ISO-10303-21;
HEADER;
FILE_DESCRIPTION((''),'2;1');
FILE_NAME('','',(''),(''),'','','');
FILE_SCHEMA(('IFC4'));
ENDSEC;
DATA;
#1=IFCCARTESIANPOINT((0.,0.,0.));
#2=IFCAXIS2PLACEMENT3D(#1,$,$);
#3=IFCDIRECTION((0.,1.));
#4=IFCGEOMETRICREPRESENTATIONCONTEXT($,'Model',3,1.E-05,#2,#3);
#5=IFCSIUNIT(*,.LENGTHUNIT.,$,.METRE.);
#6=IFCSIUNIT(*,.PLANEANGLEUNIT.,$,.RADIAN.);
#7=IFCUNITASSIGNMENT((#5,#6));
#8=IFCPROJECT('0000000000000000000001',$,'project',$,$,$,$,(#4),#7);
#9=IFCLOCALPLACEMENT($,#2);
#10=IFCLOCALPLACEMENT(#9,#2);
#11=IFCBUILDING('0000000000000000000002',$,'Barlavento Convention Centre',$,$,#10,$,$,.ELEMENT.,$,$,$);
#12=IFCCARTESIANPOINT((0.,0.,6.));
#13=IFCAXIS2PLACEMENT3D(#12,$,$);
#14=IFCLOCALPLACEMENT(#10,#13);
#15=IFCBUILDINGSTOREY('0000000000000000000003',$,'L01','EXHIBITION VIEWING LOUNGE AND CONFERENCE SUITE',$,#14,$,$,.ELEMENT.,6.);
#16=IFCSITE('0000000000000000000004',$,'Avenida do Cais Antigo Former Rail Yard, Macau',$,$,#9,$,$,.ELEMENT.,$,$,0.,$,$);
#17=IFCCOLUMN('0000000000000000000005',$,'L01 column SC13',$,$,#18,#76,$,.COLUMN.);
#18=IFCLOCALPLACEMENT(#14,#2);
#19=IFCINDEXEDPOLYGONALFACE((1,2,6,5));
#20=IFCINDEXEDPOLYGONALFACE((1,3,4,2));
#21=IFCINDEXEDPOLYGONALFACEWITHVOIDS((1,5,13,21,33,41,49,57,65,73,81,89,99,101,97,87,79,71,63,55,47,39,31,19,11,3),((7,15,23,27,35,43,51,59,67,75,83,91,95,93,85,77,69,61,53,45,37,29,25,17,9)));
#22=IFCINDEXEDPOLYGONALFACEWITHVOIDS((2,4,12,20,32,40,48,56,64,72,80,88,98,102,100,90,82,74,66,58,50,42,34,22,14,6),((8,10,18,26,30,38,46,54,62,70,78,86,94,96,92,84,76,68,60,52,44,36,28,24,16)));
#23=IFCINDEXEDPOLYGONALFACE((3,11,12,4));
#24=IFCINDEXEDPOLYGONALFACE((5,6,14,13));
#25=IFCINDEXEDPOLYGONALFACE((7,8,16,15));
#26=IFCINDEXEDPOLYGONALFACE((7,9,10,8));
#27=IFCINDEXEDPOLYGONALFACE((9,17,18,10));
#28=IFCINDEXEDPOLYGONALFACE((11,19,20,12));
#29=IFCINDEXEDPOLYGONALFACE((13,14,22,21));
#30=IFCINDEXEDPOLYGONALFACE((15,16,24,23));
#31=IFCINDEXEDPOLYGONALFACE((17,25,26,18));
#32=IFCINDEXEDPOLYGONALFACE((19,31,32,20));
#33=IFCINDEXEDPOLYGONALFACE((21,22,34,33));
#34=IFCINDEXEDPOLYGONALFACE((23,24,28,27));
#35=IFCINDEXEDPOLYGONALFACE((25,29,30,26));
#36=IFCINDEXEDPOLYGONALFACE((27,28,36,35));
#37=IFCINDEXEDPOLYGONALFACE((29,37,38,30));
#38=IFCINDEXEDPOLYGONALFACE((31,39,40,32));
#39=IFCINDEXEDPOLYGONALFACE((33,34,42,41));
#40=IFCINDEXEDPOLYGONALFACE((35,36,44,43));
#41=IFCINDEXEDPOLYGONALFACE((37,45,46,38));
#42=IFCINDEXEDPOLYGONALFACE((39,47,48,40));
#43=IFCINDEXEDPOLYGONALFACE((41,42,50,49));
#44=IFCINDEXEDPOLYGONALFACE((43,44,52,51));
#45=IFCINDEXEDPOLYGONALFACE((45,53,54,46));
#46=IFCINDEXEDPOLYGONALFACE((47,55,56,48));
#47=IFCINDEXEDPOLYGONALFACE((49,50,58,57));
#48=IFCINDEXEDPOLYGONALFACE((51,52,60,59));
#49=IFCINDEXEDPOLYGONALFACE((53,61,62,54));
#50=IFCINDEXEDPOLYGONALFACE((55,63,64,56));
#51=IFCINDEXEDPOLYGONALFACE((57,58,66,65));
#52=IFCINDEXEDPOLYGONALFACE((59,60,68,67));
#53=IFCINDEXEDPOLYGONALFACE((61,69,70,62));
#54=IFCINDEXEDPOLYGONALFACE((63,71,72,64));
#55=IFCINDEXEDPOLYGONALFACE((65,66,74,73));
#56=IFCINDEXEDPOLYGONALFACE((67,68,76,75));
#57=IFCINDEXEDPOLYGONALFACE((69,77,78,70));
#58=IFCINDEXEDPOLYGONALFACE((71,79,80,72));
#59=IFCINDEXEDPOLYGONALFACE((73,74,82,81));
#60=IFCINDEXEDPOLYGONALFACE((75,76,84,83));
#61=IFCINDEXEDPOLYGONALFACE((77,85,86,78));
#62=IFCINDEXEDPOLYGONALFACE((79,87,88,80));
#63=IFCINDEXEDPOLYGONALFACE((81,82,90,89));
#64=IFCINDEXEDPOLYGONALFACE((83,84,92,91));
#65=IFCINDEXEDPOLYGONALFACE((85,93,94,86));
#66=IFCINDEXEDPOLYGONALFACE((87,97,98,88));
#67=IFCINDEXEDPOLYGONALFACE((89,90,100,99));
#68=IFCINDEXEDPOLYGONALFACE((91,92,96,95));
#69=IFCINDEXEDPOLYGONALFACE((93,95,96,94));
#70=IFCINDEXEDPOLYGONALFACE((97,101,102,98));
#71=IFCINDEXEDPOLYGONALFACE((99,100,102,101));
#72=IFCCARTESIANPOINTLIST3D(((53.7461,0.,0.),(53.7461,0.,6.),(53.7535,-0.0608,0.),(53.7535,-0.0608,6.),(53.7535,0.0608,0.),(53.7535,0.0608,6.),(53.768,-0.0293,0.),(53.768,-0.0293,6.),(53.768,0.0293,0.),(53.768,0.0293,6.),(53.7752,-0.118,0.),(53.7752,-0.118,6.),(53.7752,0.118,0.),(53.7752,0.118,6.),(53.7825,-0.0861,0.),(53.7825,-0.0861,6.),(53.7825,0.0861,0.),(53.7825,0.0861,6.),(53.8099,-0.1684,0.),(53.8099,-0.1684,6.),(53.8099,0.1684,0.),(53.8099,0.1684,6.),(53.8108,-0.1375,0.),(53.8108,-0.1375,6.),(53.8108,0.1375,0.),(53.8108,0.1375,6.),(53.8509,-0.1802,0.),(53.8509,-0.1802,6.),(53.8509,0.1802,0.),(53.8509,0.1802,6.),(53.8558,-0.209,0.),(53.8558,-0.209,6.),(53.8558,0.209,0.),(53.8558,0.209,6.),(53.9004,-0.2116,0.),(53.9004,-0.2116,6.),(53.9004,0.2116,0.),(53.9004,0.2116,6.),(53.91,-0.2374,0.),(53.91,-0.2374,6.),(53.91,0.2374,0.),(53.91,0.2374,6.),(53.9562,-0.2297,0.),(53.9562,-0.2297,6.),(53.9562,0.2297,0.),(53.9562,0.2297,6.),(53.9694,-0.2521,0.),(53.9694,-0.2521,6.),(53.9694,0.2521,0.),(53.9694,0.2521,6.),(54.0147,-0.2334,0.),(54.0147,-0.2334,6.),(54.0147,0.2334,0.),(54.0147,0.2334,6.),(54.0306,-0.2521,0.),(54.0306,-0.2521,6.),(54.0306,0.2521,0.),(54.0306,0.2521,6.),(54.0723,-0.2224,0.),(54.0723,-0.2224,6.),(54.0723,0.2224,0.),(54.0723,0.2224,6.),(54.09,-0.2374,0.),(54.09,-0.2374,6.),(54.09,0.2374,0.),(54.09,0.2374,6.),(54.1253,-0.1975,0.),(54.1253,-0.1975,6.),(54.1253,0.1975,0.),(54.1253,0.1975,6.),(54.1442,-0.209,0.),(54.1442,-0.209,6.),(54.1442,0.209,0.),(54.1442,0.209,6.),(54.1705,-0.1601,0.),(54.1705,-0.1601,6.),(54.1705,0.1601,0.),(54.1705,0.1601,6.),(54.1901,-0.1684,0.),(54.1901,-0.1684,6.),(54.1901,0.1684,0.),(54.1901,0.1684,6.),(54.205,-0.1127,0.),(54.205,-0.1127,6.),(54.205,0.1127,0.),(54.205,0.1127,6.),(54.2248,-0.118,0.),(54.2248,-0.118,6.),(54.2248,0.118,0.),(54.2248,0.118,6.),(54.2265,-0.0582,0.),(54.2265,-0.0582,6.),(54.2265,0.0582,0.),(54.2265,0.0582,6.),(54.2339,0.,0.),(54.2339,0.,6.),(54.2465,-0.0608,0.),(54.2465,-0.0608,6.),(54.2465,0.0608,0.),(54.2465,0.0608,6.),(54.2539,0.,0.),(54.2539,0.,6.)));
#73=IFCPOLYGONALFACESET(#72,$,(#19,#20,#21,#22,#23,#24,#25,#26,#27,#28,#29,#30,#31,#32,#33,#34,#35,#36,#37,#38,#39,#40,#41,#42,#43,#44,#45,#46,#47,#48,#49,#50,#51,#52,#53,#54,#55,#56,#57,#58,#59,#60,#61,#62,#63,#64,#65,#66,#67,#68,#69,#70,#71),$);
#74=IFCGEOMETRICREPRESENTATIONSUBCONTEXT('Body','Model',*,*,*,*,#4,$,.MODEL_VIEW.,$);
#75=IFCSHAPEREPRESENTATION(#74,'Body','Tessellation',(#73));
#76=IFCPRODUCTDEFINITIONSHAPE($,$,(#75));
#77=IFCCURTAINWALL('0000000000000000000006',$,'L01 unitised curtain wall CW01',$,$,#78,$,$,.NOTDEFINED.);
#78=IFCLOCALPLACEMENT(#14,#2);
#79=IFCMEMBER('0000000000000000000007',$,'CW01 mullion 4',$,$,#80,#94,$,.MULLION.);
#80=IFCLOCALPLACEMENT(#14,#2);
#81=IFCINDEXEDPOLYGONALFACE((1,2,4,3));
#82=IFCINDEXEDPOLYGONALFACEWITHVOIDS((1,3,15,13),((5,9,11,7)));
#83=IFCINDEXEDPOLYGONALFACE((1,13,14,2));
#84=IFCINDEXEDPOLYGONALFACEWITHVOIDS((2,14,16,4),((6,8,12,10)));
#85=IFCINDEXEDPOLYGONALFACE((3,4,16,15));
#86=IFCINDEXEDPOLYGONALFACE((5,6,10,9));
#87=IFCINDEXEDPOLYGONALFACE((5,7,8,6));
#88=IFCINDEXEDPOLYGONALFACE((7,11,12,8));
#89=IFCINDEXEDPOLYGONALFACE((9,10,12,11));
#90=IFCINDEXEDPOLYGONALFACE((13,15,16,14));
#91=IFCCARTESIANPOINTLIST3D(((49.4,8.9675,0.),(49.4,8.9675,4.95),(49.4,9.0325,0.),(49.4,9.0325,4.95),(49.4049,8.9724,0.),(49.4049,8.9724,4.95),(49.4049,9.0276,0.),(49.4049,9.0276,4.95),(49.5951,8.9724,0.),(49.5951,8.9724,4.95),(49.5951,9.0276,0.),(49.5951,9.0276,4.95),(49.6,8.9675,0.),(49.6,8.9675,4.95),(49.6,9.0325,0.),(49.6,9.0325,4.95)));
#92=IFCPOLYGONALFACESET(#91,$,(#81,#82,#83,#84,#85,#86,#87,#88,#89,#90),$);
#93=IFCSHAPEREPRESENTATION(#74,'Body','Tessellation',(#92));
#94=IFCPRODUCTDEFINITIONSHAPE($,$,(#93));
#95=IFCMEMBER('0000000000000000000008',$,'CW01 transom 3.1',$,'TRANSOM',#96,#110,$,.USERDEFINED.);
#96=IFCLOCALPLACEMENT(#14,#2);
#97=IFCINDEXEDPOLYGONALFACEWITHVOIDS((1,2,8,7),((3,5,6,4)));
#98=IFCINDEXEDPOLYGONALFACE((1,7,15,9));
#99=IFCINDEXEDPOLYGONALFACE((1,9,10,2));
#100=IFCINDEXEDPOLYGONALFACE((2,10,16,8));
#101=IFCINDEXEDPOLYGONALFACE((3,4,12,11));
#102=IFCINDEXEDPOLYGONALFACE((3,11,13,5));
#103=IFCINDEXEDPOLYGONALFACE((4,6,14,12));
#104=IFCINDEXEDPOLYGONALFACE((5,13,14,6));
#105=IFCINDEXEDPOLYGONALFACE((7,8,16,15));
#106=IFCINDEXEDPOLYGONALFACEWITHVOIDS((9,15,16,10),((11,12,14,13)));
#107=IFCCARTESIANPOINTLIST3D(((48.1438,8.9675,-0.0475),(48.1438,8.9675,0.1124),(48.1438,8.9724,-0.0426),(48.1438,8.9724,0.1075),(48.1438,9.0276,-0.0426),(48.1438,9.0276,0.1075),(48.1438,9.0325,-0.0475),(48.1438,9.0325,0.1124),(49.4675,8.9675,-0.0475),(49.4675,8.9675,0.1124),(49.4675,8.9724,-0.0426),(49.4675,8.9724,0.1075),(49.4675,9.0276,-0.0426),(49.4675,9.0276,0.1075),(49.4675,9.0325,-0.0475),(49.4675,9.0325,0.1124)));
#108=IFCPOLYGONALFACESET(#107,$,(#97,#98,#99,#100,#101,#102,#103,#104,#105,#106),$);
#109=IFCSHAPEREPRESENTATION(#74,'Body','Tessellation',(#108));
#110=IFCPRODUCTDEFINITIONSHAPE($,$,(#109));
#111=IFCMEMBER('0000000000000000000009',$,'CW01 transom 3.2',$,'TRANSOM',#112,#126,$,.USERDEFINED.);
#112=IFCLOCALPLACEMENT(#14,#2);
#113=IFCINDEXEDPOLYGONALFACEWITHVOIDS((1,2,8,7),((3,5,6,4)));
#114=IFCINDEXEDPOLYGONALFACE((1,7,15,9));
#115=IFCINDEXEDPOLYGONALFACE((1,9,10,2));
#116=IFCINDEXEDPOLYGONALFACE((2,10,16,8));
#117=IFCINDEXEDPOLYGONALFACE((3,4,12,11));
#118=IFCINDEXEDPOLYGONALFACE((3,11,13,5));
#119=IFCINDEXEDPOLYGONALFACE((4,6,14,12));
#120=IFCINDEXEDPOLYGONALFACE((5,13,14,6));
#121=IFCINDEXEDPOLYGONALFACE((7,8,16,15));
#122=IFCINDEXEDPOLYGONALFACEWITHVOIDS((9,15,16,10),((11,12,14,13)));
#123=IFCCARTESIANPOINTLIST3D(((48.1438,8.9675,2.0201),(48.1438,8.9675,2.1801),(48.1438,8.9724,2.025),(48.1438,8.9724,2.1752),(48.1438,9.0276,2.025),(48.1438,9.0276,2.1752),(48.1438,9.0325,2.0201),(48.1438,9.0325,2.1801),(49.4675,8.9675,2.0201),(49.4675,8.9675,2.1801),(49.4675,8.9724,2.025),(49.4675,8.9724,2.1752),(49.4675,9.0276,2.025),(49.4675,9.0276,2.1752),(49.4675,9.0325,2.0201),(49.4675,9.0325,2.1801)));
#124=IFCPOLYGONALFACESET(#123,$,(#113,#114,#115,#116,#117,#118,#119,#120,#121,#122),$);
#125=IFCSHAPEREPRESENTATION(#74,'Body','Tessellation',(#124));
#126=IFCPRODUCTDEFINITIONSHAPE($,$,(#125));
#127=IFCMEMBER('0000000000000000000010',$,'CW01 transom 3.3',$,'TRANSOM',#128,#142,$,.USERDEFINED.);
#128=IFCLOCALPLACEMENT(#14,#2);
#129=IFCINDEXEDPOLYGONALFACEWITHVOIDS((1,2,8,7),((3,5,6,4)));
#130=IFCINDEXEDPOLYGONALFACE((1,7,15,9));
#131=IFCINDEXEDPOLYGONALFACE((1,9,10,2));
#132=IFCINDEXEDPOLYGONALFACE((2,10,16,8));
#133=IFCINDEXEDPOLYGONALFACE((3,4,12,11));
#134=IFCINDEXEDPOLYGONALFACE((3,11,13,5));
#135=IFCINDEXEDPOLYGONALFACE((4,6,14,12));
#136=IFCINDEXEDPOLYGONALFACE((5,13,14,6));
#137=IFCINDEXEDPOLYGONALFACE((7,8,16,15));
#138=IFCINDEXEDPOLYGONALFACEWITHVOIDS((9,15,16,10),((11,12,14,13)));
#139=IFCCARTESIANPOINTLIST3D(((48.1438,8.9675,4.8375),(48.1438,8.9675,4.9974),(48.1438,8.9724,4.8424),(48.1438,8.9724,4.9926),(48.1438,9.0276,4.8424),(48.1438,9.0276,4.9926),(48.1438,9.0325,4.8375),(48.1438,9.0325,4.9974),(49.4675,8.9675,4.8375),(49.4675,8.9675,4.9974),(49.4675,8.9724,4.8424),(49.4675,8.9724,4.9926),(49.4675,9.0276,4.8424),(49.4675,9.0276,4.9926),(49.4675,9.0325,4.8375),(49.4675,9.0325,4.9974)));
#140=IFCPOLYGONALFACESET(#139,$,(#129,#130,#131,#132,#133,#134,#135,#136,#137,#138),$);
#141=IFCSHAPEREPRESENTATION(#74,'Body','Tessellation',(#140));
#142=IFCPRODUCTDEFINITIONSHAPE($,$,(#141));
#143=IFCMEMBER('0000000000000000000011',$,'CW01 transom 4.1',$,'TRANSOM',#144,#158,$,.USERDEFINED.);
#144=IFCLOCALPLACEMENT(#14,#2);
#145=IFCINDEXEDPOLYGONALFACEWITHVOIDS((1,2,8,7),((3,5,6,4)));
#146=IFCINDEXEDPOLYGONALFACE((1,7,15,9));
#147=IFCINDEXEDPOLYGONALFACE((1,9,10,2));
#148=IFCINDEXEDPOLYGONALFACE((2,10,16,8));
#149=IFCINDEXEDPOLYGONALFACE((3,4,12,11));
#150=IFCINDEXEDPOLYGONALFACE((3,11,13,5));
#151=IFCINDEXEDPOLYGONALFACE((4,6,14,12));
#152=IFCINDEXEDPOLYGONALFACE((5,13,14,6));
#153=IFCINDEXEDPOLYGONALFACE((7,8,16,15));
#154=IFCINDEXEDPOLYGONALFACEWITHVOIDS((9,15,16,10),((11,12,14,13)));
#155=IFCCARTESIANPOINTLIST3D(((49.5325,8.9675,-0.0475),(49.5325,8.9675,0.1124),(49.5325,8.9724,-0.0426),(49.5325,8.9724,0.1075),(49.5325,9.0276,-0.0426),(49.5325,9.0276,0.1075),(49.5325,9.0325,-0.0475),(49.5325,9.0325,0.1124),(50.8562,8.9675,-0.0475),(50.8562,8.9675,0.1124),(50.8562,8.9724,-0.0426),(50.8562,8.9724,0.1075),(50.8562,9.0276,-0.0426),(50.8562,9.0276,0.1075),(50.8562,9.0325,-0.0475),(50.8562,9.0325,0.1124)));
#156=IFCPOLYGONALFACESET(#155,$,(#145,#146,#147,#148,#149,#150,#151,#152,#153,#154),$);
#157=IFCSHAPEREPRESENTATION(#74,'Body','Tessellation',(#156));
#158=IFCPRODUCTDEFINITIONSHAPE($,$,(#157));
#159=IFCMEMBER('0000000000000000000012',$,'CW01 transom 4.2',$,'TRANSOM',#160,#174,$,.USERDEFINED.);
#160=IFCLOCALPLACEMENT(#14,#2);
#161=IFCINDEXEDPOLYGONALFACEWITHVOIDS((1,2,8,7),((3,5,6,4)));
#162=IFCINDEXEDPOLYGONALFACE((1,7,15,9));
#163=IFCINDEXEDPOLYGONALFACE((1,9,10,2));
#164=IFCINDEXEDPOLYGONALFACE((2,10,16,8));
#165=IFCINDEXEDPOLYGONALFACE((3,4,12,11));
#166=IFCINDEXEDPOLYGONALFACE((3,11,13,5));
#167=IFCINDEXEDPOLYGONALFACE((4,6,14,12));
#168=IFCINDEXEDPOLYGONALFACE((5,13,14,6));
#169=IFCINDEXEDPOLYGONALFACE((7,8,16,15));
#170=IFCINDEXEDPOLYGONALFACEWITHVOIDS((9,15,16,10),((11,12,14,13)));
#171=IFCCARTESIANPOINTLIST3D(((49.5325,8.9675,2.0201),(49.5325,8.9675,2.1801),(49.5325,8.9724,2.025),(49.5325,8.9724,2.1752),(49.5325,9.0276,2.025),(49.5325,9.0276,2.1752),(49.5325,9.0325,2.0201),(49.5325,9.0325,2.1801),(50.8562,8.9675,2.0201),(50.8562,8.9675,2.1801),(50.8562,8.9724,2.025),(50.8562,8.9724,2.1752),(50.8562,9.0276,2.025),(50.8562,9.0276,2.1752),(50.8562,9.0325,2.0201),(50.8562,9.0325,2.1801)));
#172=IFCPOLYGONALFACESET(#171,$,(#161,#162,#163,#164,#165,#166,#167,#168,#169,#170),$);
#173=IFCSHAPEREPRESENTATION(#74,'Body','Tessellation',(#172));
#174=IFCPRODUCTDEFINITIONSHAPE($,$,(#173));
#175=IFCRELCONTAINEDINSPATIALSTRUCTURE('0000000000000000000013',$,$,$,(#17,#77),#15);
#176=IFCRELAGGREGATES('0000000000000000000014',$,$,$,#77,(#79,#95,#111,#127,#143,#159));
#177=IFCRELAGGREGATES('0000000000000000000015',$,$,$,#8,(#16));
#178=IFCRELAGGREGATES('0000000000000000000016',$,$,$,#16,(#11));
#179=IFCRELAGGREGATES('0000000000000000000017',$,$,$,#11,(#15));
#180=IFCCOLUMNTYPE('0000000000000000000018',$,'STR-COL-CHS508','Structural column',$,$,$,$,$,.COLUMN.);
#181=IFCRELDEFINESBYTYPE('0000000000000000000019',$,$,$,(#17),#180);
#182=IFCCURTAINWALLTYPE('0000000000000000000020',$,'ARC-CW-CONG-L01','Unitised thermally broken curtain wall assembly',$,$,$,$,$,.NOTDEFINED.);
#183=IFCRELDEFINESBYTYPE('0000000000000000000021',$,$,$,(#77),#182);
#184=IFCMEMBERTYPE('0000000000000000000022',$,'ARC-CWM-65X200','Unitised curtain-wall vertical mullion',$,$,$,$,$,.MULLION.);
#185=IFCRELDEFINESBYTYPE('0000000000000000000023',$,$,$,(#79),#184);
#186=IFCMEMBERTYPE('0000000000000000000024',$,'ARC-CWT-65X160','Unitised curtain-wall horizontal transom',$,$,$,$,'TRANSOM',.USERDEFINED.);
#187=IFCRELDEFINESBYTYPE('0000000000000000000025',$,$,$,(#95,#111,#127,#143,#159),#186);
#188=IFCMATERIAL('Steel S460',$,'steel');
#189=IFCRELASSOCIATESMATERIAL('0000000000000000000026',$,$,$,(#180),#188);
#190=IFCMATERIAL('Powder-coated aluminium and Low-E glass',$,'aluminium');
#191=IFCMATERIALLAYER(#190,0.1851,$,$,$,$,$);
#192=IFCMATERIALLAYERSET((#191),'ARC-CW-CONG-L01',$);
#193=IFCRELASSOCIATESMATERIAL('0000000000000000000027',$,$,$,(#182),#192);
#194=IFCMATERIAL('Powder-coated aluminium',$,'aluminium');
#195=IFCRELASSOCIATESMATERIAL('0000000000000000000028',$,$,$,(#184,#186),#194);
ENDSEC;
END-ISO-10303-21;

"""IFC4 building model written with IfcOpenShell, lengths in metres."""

from ifc_helpers import new_model, si_unit, direction, frame, origin, origin_2d, place, context, subcontext, project, spatial, hollow_rectangle, hollow_circle, extrude, material, layer, layer_set, material_profile, profile_set, type_object, element, aggregate, save


model = new_model("IFC4")

# Units and contexts
model_context = context("Model", 3, precision=1e-05, world=origin(), true_north=direction((0.0, 1.0)))
body_context = subcontext(model_context, "Body", "Model", "MODEL_VIEW")
ifc_project = project(units=[si_unit("LENGTHUNIT", "METRE"), si_unit("PLANEANGLEUNIT", "RADIAN")], contexts=[model_context])

# Site, building, storey
site_placement = place(None, origin())
site = spatial("IfcSite", under=ifc_project, at=site_placement, Name="Avenida do Cais Antigo Former Rail Yard, Macau", CompositionType="ELEMENT", RefElevation=0.0)
building_placement = place(site_placement, origin())
building = spatial("IfcBuilding", under=site, at=building_placement, Name="Barlavento Convention Centre", CompositionType="ELEMENT")
storey_placement = place(building_placement, frame((0.0, 0.0, 6.0)))
storey = spatial("IfcBuildingStorey", under=building, at=storey_placement, Name="L01", Description="EXHIBITION VIEWING LOUNGE AND CONFERENCE SUITE", CompositionType="ELEMENT", Elevation=6.0)

# Column
ifc_material_1 = material(Name="Steel S460", Category="steel")
ifc_material_profile_1 = material_profile(ifc_material_1, hollow_circle(Radius=0.2539, WallThickness=0.02, at=origin_2d()), Name="CHS 508.0x20.0")
ifc_profile_set_1 = profile_set([ifc_material_profile_1], Name="Steel S460")
column_type = type_object("IfcColumnType", Name="STR-COL-CHS508", Description="Structural column", PredefinedType="COLUMN", material=ifc_profile_set_1)
column_placement = place(storey_placement, frame((54.0, 0.0, 0.0), z_axis=(0.0, 0.0, 1.0), x_axis=(1.0, 0.0, 0.0)))
element("IfcColumn", 1, at=column_placement, inside=storey, type_object=column_type, Name="L01 column SC13", PredefinedType="COLUMN", context=body_context, shape_type="SweptSolid", body=[
    extrude(hollow_circle(Radius=0.2539, WallThickness=0.02, at=origin_2d()), origin(), (0.0, 0.0, 1.0), 6.0),
])

# Curtain wall, members
ifc_material_2 = material(Name="Powder-coated aluminium and Low-E glass", Category="aluminium")
ifc_layer_1 = layer(ifc_material_2, 0.1851)
ifc_layer_set_1 = layer_set([ifc_layer_1], Name="ARC-CW-CONG-L01")
curtain_wall_type = type_object("IfcCurtainWallType", Name="ARC-CW-CONG-L01", Description="Unitised thermally broken curtain wall assembly", PredefinedType="NOTDEFINED", material=ifc_layer_set_1)
curtain_wall_placement = place(storey_placement, origin())
curtain_wall = element("IfcCurtainWall", 2, at=curtain_wall_placement, inside=storey, type_object=curtain_wall_type, Name="L01 unitised curtain wall CW01", PredefinedType="NOTDEFINED")
ifc_material_3 = material(Name="Powder-coated aluminium", Category="aluminium")
ifc_material_profile_2 = material_profile(ifc_material_3, hollow_rectangle(XDim=0.0649, YDim=0.2, WallThickness=0.0049, at=origin_2d()), Name="AL-MULL 65x200x5")
ifc_profile_set_2 = profile_set([ifc_material_profile_2], Name="Powder-coated aluminium")
member_type_1 = type_object("IfcMemberType", Name="ARC-CWM-65X200", Description="Unitised curtain-wall vertical mullion", PredefinedType="MULLION", material=ifc_profile_set_2)
member_1_placement = place(storey_placement, frame((49.5, 9.0, 0.0), z_axis=(0.0, 0.0, 1.0), x_axis=(0.0, 1.0, 0.0)))
member_1 = element("IfcMember", 3, at=member_1_placement, type_object=member_type_1, Name="CW01 mullion 4", PredefinedType="MULLION", context=body_context, shape_type="SweptSolid", body=[
    extrude(hollow_rectangle(XDim=0.0649, YDim=0.2, WallThickness=0.0049, at=origin_2d()), origin(), (0.0, 0.0, 1.0), 4.95),
])
ifc_material_profile_3 = material_profile(ifc_material_3, hollow_rectangle(XDim=0.0649, YDim=0.1599, WallThickness=0.0049, at=origin_2d()), Name="AL-TRAN 65x160x5")
ifc_profile_set_3 = profile_set([ifc_material_profile_3], Name="Powder-coated aluminium")
member_type_2 = type_object("IfcMemberType", Name="ARC-CWT-65X160", Description="Unitised curtain-wall horizontal transom", ElementType="TRANSOM", PredefinedType="USERDEFINED", material=ifc_profile_set_3)
member_2_placement = place(storey_placement, frame((48.1438, 9.0, 0.0325), z_axis=(1.0, 0.0, 0.0), x_axis=(0.0, 1.0, 0.0)))
member_2 = element("IfcMember", 4, at=member_2_placement, type_object=member_type_2, Name="CW01 transom 3.1", ObjectType="TRANSOM", PredefinedType="USERDEFINED", context=body_context, shape_type="SweptSolid", body=[
    extrude(hollow_rectangle(XDim=0.0649, YDim=0.1599, WallThickness=0.0049, at=origin_2d()), origin(), (0.0, 0.0, 1.0), 1.3237),
])
member_3_placement = place(storey_placement, frame((48.1438, 9.0, 2.1001), z_axis=(1.0, 0.0, 0.0), x_axis=(0.0, 1.0, 0.0)))
member_3 = element("IfcMember", 5, at=member_3_placement, type_object=member_type_2, Name="CW01 transom 3.2", ObjectType="TRANSOM", PredefinedType="USERDEFINED", context=body_context, shape_type="SweptSolid", body=[
    extrude(hollow_rectangle(XDim=0.0649, YDim=0.1599, WallThickness=0.0049, at=origin_2d()), origin(), (0.0, 0.0, 1.0), 1.3237),
])
member_4_placement = place(storey_placement, frame((48.1438, 9.0, 4.9175), z_axis=(1.0, 0.0, 0.0), x_axis=(0.0, 1.0, 0.0)))
member_4 = element("IfcMember", 6, at=member_4_placement, type_object=member_type_2, Name="CW01 transom 3.3", ObjectType="TRANSOM", PredefinedType="USERDEFINED", context=body_context, shape_type="SweptSolid", body=[
    extrude(hollow_rectangle(XDim=0.0649, YDim=0.1599, WallThickness=0.0049, at=origin_2d()), origin(), (0.0, 0.0, 1.0), 1.3237),
])
member_5_placement = place(storey_placement, frame((49.5325, 9.0, 0.0325), z_axis=(1.0, 0.0, 0.0), x_axis=(0.0, 1.0, 0.0)))
member_5 = element("IfcMember", 7, at=member_5_placement, type_object=member_type_2, Name="CW01 transom 4.1", ObjectType="TRANSOM", PredefinedType="USERDEFINED", context=body_context, shape_type="SweptSolid", body=[
    extrude(hollow_rectangle(XDim=0.0649, YDim=0.1599, WallThickness=0.0049, at=origin_2d()), origin(), (0.0, 0.0, 1.0), 1.3237),
])
member_6_placement = place(storey_placement, frame((49.5325, 9.0, 2.1001), z_axis=(1.0, 0.0, 0.0), x_axis=(0.0, 1.0, 0.0)))
member_6 = element("IfcMember", 8, at=member_6_placement, type_object=member_type_2, Name="CW01 transom 4.2", ObjectType="TRANSOM", PredefinedType="USERDEFINED", context=body_context, shape_type="SweptSolid", body=[
    extrude(hollow_rectangle(XDim=0.0649, YDim=0.1599, WallThickness=0.0049, at=origin_2d()), origin(), (0.0, 0.0, 1.0), 1.3237),
])

aggregate(curtain_wall, [member_1, member_2, member_3, member_4, member_5, member_6])

save(model, "model.ifc")
